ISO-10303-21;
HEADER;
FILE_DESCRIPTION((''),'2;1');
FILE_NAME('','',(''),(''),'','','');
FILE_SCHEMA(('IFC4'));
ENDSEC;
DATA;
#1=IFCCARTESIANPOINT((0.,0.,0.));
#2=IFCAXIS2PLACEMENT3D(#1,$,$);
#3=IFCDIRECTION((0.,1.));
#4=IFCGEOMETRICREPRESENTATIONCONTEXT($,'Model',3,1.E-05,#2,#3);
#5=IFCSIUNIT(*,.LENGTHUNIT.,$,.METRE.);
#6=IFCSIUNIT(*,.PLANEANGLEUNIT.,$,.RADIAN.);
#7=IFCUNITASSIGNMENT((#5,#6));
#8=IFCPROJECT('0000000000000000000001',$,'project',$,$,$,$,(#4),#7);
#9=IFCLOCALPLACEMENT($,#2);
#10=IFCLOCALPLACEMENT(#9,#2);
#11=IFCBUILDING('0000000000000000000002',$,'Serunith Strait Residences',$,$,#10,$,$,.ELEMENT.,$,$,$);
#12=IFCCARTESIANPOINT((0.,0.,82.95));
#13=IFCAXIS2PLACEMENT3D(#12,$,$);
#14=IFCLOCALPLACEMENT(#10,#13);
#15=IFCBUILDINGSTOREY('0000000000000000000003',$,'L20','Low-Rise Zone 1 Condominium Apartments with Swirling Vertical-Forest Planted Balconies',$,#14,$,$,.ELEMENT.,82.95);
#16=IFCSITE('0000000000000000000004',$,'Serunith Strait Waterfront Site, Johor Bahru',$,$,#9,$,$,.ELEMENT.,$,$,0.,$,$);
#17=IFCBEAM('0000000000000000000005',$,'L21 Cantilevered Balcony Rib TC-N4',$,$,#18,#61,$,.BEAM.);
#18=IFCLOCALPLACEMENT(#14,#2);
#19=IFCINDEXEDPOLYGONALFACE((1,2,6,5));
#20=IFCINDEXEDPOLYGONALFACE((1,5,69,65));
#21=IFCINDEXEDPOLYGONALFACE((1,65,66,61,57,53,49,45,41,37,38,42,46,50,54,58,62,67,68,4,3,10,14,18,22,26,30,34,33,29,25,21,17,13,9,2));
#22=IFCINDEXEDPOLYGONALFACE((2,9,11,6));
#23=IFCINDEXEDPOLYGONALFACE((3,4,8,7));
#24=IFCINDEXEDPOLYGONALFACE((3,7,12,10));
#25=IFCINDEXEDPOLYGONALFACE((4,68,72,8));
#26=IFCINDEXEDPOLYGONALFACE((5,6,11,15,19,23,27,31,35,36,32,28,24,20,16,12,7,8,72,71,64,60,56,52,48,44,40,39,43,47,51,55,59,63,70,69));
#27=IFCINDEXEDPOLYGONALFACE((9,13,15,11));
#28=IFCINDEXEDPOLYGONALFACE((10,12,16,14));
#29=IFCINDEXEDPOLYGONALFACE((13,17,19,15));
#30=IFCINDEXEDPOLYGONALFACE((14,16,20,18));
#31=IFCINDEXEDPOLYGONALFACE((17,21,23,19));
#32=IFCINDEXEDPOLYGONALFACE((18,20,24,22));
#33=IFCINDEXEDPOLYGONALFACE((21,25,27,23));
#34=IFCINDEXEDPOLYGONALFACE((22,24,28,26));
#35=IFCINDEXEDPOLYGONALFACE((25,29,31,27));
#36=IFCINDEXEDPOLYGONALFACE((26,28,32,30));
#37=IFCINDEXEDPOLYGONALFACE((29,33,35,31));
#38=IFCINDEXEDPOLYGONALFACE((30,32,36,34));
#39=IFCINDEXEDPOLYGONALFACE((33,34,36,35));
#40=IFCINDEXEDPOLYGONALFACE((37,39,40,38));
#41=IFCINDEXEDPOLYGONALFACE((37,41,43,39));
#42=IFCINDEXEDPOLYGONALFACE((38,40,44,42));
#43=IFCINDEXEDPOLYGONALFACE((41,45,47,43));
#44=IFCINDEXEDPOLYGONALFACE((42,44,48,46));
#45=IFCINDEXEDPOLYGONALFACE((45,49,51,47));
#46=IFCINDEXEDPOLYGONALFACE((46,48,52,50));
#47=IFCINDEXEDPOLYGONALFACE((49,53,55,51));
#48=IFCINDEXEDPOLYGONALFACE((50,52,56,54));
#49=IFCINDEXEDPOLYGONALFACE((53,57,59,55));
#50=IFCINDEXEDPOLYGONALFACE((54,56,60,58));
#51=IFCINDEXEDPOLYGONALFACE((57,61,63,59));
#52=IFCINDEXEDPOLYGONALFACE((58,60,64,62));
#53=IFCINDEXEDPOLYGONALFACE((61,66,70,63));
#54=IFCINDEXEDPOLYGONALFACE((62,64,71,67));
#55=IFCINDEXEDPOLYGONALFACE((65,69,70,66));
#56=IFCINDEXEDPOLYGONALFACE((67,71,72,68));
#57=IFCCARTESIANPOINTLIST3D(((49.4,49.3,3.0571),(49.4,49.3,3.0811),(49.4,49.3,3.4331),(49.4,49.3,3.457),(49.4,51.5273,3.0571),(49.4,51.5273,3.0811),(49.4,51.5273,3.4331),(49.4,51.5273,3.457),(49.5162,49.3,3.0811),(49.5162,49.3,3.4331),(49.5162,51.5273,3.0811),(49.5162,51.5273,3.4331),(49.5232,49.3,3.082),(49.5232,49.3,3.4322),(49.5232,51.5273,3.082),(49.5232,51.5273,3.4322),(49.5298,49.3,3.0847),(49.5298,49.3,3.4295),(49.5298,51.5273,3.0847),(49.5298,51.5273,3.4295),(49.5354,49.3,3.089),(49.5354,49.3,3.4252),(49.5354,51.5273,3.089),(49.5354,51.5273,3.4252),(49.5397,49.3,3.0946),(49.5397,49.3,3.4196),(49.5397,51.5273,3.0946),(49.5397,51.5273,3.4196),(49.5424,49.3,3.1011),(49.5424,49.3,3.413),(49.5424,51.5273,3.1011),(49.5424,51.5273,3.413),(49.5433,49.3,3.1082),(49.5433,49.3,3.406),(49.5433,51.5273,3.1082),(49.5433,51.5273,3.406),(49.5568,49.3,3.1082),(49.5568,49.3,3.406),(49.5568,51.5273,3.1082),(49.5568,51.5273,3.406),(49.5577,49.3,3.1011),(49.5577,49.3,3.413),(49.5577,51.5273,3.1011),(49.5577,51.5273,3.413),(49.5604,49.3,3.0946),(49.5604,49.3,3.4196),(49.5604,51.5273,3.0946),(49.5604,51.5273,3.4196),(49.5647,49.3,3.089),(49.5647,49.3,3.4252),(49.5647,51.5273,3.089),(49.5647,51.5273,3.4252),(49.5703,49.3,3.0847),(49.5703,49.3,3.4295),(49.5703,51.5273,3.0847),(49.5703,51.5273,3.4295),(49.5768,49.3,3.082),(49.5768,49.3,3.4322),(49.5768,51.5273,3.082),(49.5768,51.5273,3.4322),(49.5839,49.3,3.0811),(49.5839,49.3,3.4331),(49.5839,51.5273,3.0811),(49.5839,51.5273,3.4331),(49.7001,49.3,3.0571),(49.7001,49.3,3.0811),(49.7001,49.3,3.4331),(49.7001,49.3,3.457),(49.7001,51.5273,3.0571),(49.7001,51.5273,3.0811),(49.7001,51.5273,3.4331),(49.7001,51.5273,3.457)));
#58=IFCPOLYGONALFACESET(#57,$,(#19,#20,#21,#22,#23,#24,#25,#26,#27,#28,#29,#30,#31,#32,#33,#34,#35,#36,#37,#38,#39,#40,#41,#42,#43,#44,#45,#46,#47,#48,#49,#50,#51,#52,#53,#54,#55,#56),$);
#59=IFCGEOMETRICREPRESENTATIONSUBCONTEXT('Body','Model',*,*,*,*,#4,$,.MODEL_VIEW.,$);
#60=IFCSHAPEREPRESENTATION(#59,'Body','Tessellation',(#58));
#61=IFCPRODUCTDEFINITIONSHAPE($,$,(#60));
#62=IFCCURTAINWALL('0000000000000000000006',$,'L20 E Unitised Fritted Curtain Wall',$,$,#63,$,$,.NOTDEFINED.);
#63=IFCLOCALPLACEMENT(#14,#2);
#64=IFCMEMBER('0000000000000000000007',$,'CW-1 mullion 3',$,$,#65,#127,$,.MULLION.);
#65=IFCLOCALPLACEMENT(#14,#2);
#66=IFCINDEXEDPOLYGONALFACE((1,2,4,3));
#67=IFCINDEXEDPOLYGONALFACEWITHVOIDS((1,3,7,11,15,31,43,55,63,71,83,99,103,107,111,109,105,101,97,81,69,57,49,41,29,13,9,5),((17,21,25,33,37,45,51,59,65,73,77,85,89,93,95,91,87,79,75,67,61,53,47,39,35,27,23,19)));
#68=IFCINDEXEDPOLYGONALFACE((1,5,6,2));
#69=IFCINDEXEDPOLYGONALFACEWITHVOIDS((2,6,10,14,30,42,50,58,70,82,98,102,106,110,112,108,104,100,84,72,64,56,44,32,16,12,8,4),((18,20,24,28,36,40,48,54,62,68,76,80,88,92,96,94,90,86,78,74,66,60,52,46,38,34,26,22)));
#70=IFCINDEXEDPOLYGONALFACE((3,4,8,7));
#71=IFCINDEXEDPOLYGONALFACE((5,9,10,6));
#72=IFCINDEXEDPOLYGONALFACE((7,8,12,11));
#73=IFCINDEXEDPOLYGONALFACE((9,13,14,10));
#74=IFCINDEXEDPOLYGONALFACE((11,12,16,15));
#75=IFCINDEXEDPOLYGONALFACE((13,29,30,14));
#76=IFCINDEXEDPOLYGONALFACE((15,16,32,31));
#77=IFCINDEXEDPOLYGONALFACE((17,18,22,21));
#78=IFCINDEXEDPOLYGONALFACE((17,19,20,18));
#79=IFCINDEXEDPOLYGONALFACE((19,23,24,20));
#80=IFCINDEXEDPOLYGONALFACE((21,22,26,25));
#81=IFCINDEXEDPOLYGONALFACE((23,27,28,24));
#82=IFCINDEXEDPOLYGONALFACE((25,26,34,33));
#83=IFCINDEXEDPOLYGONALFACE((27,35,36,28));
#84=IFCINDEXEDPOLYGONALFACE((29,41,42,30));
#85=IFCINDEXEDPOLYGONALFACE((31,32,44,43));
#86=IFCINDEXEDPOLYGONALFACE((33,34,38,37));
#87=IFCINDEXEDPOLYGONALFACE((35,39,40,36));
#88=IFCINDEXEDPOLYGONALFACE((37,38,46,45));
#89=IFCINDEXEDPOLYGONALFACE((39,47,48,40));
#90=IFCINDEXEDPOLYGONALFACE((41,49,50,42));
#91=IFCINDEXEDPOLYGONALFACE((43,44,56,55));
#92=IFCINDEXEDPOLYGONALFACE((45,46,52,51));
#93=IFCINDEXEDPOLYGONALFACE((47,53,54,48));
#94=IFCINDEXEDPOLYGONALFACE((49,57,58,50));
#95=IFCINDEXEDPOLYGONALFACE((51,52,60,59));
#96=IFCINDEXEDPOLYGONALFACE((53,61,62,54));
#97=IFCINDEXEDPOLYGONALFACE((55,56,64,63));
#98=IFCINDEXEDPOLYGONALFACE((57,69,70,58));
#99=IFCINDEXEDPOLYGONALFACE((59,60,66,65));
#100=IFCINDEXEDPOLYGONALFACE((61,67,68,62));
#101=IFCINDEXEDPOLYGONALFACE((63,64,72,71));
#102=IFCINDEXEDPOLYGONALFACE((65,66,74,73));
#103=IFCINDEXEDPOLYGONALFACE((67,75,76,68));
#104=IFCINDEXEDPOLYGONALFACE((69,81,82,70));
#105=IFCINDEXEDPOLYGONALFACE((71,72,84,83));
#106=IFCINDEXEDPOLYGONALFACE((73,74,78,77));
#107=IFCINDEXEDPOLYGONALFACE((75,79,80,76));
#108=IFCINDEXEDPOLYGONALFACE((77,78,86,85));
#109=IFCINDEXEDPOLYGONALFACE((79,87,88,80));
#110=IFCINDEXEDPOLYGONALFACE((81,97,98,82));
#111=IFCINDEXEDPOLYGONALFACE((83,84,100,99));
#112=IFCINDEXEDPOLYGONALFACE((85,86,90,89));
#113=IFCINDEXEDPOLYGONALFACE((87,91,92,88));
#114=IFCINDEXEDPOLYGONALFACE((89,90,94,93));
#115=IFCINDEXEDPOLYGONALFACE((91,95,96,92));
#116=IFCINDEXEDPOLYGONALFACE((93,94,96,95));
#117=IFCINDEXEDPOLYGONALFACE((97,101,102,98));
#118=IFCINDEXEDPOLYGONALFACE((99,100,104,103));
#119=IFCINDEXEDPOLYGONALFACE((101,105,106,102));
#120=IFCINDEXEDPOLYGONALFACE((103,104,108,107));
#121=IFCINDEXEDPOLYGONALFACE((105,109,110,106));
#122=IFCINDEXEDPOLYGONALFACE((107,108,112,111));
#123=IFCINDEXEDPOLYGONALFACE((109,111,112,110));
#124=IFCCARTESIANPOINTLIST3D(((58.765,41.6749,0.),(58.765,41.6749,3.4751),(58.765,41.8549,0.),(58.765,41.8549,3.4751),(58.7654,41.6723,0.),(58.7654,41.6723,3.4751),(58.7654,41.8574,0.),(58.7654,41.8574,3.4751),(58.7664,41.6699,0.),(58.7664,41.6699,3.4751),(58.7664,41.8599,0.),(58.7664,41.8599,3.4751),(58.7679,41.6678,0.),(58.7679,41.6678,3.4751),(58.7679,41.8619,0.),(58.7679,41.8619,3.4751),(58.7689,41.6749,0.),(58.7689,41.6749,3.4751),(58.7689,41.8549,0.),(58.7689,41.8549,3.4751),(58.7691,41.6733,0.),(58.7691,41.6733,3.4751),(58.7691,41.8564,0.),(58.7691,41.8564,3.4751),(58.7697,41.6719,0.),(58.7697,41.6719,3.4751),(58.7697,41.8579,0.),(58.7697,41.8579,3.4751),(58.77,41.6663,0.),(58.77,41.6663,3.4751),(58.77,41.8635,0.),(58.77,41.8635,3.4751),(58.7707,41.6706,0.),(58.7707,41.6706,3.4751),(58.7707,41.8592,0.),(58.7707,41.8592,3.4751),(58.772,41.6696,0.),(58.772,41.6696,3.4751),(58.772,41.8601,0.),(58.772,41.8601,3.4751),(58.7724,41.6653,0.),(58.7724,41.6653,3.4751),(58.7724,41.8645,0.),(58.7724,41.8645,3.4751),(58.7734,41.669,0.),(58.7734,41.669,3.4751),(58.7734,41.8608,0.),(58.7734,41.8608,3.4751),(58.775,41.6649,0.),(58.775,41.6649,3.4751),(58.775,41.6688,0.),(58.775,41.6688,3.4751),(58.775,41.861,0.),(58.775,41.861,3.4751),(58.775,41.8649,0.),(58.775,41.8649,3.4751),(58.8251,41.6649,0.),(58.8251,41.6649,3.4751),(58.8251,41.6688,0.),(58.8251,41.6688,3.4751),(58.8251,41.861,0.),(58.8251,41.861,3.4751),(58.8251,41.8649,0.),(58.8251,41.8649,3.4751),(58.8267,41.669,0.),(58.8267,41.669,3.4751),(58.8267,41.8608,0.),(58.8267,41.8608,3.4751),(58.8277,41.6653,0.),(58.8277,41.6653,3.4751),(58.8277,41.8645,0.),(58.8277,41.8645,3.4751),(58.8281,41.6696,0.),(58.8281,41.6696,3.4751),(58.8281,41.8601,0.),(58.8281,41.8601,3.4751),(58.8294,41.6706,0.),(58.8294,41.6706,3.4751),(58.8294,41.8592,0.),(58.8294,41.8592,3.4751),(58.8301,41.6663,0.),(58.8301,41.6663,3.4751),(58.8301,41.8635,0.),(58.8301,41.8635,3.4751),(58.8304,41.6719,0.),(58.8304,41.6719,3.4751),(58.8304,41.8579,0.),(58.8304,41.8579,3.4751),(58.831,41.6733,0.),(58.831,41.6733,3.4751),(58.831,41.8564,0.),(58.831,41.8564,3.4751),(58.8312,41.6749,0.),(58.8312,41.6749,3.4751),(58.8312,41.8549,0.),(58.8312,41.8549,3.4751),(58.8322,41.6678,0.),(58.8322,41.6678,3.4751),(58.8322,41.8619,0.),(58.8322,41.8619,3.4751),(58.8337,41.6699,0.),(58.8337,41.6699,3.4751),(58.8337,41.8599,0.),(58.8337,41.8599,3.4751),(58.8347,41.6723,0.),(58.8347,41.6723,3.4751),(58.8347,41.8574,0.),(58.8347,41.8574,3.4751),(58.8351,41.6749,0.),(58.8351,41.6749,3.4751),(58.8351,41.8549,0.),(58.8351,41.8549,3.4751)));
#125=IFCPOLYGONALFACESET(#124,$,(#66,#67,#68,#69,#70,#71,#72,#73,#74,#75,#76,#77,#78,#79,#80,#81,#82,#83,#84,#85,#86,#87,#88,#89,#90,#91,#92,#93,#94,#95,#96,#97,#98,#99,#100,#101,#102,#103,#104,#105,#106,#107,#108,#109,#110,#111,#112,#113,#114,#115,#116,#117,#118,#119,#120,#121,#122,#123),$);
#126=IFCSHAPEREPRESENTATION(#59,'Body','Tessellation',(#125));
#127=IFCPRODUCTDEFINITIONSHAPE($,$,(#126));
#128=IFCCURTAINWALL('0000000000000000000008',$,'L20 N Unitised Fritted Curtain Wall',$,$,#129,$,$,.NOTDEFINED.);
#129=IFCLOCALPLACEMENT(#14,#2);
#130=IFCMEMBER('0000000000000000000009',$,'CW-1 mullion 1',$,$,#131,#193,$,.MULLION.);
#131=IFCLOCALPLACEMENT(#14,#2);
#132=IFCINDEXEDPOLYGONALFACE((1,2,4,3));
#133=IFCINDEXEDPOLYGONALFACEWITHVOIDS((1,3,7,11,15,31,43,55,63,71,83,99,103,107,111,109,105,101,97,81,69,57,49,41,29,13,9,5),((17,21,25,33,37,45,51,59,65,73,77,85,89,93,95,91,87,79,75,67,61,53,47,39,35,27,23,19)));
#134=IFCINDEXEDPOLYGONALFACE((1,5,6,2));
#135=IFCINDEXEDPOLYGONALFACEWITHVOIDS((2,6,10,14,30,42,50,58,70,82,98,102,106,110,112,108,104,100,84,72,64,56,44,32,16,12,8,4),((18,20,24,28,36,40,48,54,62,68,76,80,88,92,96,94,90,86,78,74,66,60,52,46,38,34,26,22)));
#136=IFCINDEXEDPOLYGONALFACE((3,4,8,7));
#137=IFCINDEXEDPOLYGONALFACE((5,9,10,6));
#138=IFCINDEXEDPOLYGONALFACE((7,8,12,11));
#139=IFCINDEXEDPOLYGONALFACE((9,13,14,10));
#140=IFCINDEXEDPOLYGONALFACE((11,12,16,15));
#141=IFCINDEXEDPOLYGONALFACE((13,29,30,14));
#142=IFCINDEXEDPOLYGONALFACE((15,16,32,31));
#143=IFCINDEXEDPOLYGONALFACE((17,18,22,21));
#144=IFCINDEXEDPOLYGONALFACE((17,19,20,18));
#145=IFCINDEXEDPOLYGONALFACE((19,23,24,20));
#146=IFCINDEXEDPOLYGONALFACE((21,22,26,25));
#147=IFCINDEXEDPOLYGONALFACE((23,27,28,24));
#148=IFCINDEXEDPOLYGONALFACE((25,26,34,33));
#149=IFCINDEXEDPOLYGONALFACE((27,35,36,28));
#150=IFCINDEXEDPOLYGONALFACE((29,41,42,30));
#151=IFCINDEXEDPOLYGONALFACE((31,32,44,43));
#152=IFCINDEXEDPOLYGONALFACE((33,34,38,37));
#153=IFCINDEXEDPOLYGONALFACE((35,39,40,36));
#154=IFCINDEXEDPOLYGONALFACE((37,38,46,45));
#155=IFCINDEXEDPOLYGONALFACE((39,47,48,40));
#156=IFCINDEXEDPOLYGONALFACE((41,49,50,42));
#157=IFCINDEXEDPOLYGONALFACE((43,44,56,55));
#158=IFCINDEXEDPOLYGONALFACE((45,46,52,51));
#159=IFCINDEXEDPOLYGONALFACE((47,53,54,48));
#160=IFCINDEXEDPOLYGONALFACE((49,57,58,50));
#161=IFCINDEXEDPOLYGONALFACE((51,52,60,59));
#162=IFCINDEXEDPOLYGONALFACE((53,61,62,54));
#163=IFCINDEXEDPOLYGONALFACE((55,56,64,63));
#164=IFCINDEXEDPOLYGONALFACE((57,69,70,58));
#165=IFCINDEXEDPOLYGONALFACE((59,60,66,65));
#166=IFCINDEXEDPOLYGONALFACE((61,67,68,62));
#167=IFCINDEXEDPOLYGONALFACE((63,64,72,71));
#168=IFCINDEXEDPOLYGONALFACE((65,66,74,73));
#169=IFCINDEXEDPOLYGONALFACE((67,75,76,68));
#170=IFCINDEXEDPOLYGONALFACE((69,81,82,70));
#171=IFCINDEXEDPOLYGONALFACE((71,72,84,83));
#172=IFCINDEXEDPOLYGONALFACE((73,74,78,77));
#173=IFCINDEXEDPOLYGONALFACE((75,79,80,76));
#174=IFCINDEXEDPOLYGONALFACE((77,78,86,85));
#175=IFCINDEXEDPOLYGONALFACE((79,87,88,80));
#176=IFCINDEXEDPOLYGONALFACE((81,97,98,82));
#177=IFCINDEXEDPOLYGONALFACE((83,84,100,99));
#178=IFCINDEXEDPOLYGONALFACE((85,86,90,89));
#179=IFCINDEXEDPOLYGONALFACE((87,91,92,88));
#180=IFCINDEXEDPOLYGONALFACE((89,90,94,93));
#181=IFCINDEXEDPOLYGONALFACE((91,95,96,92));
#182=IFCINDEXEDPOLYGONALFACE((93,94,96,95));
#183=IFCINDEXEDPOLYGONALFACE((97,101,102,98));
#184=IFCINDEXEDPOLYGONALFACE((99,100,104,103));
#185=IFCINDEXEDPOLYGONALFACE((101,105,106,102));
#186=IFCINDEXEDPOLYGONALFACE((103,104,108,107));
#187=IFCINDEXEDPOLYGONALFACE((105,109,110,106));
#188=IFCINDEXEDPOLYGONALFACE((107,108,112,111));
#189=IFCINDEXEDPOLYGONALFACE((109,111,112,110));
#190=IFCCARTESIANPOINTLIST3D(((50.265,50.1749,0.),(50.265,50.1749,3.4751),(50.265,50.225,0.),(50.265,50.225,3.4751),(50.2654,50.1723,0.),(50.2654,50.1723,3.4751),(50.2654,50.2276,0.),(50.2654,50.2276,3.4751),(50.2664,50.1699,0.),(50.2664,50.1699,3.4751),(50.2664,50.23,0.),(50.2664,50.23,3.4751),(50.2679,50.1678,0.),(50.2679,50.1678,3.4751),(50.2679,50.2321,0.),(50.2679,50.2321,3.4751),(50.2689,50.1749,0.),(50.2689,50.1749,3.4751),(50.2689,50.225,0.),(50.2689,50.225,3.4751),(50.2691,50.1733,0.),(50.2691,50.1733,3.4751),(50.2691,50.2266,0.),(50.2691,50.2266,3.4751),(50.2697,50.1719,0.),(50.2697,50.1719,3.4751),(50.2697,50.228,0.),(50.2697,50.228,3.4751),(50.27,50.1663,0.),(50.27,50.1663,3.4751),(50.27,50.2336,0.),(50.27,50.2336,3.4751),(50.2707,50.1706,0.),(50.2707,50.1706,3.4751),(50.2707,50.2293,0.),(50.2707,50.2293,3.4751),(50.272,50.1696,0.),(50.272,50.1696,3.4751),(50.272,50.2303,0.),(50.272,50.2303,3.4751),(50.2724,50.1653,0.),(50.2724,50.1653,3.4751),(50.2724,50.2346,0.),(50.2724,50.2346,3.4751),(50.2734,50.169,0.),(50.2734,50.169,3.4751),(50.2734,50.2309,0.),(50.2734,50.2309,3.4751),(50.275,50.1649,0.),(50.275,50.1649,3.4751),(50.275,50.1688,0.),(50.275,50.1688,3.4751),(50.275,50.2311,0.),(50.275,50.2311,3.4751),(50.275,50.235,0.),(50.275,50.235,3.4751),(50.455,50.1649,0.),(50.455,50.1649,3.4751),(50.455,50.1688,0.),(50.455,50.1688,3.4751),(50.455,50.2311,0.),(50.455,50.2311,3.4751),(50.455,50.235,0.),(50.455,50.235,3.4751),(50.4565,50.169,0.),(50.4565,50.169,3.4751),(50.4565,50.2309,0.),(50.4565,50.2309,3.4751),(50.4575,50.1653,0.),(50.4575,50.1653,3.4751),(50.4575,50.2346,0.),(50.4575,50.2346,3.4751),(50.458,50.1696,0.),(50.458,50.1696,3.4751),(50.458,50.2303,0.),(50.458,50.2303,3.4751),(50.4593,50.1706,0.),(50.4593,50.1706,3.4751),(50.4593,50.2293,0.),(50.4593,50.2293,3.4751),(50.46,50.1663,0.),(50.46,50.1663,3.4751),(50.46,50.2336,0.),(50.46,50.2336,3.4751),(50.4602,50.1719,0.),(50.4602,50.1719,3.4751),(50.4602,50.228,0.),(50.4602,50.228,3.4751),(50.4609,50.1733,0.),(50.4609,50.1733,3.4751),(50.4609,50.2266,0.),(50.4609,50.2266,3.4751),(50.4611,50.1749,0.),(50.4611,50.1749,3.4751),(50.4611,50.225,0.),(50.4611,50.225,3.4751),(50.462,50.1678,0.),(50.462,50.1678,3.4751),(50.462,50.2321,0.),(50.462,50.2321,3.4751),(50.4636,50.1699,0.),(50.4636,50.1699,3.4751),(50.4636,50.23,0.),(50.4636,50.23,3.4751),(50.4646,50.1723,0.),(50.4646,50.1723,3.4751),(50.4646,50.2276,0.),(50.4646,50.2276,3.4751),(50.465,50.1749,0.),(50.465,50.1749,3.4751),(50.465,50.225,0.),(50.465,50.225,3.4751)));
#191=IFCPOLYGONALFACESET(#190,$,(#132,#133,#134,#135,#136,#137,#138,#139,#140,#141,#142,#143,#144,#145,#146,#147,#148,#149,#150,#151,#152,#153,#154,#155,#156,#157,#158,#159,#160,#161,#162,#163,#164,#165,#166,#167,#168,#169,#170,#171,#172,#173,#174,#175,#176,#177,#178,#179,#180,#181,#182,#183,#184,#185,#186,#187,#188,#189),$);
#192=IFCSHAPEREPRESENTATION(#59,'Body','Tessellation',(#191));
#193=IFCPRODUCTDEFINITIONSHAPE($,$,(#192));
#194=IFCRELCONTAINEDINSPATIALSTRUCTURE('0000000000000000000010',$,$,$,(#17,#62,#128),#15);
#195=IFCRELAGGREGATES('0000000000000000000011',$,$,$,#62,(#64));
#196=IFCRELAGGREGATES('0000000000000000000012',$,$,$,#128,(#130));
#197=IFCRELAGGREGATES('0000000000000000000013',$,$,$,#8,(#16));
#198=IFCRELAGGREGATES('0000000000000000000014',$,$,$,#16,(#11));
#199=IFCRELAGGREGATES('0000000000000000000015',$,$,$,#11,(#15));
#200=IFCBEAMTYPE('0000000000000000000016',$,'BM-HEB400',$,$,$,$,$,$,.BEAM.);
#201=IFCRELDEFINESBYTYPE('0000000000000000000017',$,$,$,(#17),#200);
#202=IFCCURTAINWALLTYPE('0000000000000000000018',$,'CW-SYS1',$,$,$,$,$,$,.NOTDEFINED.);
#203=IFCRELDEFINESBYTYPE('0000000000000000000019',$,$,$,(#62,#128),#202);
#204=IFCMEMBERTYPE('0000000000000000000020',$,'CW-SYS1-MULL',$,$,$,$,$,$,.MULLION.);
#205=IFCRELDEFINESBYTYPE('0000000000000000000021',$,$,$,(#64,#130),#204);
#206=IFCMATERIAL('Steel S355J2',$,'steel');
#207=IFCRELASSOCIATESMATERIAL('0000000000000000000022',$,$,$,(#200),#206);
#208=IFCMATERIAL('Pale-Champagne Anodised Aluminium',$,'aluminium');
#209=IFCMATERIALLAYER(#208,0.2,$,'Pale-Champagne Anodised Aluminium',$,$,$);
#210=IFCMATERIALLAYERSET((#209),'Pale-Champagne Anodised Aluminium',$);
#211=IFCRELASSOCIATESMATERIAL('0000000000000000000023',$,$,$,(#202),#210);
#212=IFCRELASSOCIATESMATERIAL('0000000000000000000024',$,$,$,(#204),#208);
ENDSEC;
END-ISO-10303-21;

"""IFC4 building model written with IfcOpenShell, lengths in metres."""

from ifc_helpers import new_model, si_unit, direction, frame, origin, origin_2d, place, context, subcontext, project, spatial, hollow_rectangle, i_section, extrude, source, transform, mapped, material, layer, layer_set, material_profile, profile_set, type_object, element, aggregate, save


model = new_model("IFC4")

# Units and contexts
model_context = context("Model", 3, precision=1e-05, world=origin(), true_north=direction((0.0, 1.0)))
body_context = subcontext(model_context, "Body", "Model", "MODEL_VIEW")
ifc_project = project(units=[si_unit("LENGTHUNIT", "METRE"), si_unit("PLANEANGLEUNIT", "RADIAN")], contexts=[model_context])

# Site, building, storey
site_placement = place(None, origin())
site = spatial("IfcSite", under=ifc_project, at=site_placement, Name="Serunith Strait Waterfront Site, Johor Bahru", CompositionType="ELEMENT", RefElevation=0.0)
building_placement = place(site_placement, origin())
building = spatial("IfcBuilding", under=site, at=building_placement, Name="Serunith Strait Residences", CompositionType="ELEMENT")
storey_placement = place(building_placement, frame((0.0, 0.0, 82.95)))
storey = spatial("IfcBuildingStorey", under=building, at=storey_placement, Name="L20", Description="Low-Rise Zone 1 Condominium Apartments with Swirling Vertical-Forest Planted Balconies", CompositionType="ELEMENT", Elevation=82.95)

# Beam
ifc_material_1 = material(Name="Steel S355J2", Category="steel")
ifc_material_profile_1 = material_profile(ifc_material_1, i_section(OverallWidth=0.3, OverallDepth=0.3999, WebThickness=0.0134, FlangeThickness=0.0239, FilletRadius=0.0271, at=origin_2d()), Name="HEB 400")
ifc_profile_set_1 = profile_set([ifc_material_profile_1], Name="Steel S355J2")
beam_type_1 = type_object("IfcBeamType", Name="BM-HEB400", PredefinedType="BEAM", material=ifc_profile_set_1)
shared_shape_1 = source(origin(), body_context, "Body", "SweptSolid", [
    extrude(i_section(OverallWidth=0.3, OverallDepth=0.3999, WebThickness=0.0134, FlangeThickness=0.0239, FilletRadius=0.0271, at=origin_2d()), origin(), (0.0, 0.0, 1.0), 2.2273),
])
beam_1_placement = place(storey_placement, frame((49.55, 49.3, 3.2571), z_axis=(0.0, 1.0, 0.0), x_axis=(-1.0, 0.0, 0.0)))
element("IfcBeam", 1, at=beam_1_placement, inside=storey, type_object=beam_type_1, Name="L21 Cantilevered Balcony Rib TC-N4", PredefinedType="BEAM", context=body_context, shape_type="MappedRepresentation", body=[
    mapped(shared_shape_1, transform((0.0, 0.0, 0.0), scale=1.0)),
])

# Curtain wall, member
ifc_material_2 = material(Name="Pale-Champagne Anodised Aluminium", Category="aluminium")
ifc_layer_1 = layer(ifc_material_2, 0.2, Name="Pale-Champagne Anodised Aluminium")
ifc_layer_set_1 = layer_set([ifc_layer_1], Name="Pale-Champagne Anodised Aluminium")
curtain_wall_type = type_object("IfcCurtainWallType", Name="CW-SYS1", PredefinedType="NOTDEFINED", material=ifc_layer_set_1)
curtain_wall_1_placement = place(storey_placement, origin())
curtain_wall_1 = element("IfcCurtainWall", 2, at=curtain_wall_1_placement, inside=storey, type_object=curtain_wall_type, Name="L20 E Unitised Fritted Curtain Wall", PredefinedType="NOTDEFINED")
ifc_material_profile_2 = material_profile(ifc_material_2, hollow_rectangle(XDim=0.0701, YDim=0.2, WallThickness=0.0039, InnerFilletRadius=0.0061, OuterFilletRadius=0.01, at=origin_2d()), Name="ALU 200x70x4")
ifc_profile_set_2 = profile_set([ifc_material_profile_2], Name="Pale-Champagne Anodised Aluminium")
member_type_1 = type_object("IfcMemberType", Name="CW-SYS1-MULL", PredefinedType="MULLION", material=ifc_profile_set_2)
shared_shape_2 = source(origin(), body_context, "Body", "SweptSolid", [
    extrude(hollow_rectangle(XDim=0.0701, YDim=0.2, WallThickness=0.0039, InnerFilletRadius=0.0061, OuterFilletRadius=0.01, at=origin_2d()), origin(), (0.0, 0.0, 1.0), 3.4751),
])
member_1_placement = place(storey_placement, frame((58.8, 41.7649, 0.0), z_axis=(0.0, 0.0, 1.0), x_axis=(-1.0, 0.0, 0.0)))
member_1 = element("IfcMember", 3, at=member_1_placement, type_object=member_type_1, Name="CW-1 mullion 3", PredefinedType="MULLION", context=body_context, shape_type="MappedRepresentation", body=[
    mapped(shared_shape_2, transform((0.0, 0.0, 0.0), scale=1.0)),
])
aggregate(curtain_wall_1, [member_1])

# Curtain wall, member
curtain_wall_2_placement = place(storey_placement, origin())
curtain_wall_2 = element("IfcCurtainWall", 4, at=curtain_wall_2_placement, inside=storey, type_object=curtain_wall_type, Name="L20 N Unitised Fritted Curtain Wall", PredefinedType="NOTDEFINED")
member_2_placement = place(storey_placement, frame((50.365, 50.2, 0.0), z_axis=(0.0, 0.0, 1.0), x_axis=(0.0, -1.0, 0.0)))
member_2 = element("IfcMember", 5, at=member_2_placement, type_object=member_type_1, Name="CW-1 mullion 1", PredefinedType="MULLION", context=body_context, shape_type="MappedRepresentation", body=[
    mapped(shared_shape_2, transform((0.0, 0.0, 0.0), scale=1.0)),
])
aggregate(curtain_wall_2, [member_2])

save(model, "model.ifc")
